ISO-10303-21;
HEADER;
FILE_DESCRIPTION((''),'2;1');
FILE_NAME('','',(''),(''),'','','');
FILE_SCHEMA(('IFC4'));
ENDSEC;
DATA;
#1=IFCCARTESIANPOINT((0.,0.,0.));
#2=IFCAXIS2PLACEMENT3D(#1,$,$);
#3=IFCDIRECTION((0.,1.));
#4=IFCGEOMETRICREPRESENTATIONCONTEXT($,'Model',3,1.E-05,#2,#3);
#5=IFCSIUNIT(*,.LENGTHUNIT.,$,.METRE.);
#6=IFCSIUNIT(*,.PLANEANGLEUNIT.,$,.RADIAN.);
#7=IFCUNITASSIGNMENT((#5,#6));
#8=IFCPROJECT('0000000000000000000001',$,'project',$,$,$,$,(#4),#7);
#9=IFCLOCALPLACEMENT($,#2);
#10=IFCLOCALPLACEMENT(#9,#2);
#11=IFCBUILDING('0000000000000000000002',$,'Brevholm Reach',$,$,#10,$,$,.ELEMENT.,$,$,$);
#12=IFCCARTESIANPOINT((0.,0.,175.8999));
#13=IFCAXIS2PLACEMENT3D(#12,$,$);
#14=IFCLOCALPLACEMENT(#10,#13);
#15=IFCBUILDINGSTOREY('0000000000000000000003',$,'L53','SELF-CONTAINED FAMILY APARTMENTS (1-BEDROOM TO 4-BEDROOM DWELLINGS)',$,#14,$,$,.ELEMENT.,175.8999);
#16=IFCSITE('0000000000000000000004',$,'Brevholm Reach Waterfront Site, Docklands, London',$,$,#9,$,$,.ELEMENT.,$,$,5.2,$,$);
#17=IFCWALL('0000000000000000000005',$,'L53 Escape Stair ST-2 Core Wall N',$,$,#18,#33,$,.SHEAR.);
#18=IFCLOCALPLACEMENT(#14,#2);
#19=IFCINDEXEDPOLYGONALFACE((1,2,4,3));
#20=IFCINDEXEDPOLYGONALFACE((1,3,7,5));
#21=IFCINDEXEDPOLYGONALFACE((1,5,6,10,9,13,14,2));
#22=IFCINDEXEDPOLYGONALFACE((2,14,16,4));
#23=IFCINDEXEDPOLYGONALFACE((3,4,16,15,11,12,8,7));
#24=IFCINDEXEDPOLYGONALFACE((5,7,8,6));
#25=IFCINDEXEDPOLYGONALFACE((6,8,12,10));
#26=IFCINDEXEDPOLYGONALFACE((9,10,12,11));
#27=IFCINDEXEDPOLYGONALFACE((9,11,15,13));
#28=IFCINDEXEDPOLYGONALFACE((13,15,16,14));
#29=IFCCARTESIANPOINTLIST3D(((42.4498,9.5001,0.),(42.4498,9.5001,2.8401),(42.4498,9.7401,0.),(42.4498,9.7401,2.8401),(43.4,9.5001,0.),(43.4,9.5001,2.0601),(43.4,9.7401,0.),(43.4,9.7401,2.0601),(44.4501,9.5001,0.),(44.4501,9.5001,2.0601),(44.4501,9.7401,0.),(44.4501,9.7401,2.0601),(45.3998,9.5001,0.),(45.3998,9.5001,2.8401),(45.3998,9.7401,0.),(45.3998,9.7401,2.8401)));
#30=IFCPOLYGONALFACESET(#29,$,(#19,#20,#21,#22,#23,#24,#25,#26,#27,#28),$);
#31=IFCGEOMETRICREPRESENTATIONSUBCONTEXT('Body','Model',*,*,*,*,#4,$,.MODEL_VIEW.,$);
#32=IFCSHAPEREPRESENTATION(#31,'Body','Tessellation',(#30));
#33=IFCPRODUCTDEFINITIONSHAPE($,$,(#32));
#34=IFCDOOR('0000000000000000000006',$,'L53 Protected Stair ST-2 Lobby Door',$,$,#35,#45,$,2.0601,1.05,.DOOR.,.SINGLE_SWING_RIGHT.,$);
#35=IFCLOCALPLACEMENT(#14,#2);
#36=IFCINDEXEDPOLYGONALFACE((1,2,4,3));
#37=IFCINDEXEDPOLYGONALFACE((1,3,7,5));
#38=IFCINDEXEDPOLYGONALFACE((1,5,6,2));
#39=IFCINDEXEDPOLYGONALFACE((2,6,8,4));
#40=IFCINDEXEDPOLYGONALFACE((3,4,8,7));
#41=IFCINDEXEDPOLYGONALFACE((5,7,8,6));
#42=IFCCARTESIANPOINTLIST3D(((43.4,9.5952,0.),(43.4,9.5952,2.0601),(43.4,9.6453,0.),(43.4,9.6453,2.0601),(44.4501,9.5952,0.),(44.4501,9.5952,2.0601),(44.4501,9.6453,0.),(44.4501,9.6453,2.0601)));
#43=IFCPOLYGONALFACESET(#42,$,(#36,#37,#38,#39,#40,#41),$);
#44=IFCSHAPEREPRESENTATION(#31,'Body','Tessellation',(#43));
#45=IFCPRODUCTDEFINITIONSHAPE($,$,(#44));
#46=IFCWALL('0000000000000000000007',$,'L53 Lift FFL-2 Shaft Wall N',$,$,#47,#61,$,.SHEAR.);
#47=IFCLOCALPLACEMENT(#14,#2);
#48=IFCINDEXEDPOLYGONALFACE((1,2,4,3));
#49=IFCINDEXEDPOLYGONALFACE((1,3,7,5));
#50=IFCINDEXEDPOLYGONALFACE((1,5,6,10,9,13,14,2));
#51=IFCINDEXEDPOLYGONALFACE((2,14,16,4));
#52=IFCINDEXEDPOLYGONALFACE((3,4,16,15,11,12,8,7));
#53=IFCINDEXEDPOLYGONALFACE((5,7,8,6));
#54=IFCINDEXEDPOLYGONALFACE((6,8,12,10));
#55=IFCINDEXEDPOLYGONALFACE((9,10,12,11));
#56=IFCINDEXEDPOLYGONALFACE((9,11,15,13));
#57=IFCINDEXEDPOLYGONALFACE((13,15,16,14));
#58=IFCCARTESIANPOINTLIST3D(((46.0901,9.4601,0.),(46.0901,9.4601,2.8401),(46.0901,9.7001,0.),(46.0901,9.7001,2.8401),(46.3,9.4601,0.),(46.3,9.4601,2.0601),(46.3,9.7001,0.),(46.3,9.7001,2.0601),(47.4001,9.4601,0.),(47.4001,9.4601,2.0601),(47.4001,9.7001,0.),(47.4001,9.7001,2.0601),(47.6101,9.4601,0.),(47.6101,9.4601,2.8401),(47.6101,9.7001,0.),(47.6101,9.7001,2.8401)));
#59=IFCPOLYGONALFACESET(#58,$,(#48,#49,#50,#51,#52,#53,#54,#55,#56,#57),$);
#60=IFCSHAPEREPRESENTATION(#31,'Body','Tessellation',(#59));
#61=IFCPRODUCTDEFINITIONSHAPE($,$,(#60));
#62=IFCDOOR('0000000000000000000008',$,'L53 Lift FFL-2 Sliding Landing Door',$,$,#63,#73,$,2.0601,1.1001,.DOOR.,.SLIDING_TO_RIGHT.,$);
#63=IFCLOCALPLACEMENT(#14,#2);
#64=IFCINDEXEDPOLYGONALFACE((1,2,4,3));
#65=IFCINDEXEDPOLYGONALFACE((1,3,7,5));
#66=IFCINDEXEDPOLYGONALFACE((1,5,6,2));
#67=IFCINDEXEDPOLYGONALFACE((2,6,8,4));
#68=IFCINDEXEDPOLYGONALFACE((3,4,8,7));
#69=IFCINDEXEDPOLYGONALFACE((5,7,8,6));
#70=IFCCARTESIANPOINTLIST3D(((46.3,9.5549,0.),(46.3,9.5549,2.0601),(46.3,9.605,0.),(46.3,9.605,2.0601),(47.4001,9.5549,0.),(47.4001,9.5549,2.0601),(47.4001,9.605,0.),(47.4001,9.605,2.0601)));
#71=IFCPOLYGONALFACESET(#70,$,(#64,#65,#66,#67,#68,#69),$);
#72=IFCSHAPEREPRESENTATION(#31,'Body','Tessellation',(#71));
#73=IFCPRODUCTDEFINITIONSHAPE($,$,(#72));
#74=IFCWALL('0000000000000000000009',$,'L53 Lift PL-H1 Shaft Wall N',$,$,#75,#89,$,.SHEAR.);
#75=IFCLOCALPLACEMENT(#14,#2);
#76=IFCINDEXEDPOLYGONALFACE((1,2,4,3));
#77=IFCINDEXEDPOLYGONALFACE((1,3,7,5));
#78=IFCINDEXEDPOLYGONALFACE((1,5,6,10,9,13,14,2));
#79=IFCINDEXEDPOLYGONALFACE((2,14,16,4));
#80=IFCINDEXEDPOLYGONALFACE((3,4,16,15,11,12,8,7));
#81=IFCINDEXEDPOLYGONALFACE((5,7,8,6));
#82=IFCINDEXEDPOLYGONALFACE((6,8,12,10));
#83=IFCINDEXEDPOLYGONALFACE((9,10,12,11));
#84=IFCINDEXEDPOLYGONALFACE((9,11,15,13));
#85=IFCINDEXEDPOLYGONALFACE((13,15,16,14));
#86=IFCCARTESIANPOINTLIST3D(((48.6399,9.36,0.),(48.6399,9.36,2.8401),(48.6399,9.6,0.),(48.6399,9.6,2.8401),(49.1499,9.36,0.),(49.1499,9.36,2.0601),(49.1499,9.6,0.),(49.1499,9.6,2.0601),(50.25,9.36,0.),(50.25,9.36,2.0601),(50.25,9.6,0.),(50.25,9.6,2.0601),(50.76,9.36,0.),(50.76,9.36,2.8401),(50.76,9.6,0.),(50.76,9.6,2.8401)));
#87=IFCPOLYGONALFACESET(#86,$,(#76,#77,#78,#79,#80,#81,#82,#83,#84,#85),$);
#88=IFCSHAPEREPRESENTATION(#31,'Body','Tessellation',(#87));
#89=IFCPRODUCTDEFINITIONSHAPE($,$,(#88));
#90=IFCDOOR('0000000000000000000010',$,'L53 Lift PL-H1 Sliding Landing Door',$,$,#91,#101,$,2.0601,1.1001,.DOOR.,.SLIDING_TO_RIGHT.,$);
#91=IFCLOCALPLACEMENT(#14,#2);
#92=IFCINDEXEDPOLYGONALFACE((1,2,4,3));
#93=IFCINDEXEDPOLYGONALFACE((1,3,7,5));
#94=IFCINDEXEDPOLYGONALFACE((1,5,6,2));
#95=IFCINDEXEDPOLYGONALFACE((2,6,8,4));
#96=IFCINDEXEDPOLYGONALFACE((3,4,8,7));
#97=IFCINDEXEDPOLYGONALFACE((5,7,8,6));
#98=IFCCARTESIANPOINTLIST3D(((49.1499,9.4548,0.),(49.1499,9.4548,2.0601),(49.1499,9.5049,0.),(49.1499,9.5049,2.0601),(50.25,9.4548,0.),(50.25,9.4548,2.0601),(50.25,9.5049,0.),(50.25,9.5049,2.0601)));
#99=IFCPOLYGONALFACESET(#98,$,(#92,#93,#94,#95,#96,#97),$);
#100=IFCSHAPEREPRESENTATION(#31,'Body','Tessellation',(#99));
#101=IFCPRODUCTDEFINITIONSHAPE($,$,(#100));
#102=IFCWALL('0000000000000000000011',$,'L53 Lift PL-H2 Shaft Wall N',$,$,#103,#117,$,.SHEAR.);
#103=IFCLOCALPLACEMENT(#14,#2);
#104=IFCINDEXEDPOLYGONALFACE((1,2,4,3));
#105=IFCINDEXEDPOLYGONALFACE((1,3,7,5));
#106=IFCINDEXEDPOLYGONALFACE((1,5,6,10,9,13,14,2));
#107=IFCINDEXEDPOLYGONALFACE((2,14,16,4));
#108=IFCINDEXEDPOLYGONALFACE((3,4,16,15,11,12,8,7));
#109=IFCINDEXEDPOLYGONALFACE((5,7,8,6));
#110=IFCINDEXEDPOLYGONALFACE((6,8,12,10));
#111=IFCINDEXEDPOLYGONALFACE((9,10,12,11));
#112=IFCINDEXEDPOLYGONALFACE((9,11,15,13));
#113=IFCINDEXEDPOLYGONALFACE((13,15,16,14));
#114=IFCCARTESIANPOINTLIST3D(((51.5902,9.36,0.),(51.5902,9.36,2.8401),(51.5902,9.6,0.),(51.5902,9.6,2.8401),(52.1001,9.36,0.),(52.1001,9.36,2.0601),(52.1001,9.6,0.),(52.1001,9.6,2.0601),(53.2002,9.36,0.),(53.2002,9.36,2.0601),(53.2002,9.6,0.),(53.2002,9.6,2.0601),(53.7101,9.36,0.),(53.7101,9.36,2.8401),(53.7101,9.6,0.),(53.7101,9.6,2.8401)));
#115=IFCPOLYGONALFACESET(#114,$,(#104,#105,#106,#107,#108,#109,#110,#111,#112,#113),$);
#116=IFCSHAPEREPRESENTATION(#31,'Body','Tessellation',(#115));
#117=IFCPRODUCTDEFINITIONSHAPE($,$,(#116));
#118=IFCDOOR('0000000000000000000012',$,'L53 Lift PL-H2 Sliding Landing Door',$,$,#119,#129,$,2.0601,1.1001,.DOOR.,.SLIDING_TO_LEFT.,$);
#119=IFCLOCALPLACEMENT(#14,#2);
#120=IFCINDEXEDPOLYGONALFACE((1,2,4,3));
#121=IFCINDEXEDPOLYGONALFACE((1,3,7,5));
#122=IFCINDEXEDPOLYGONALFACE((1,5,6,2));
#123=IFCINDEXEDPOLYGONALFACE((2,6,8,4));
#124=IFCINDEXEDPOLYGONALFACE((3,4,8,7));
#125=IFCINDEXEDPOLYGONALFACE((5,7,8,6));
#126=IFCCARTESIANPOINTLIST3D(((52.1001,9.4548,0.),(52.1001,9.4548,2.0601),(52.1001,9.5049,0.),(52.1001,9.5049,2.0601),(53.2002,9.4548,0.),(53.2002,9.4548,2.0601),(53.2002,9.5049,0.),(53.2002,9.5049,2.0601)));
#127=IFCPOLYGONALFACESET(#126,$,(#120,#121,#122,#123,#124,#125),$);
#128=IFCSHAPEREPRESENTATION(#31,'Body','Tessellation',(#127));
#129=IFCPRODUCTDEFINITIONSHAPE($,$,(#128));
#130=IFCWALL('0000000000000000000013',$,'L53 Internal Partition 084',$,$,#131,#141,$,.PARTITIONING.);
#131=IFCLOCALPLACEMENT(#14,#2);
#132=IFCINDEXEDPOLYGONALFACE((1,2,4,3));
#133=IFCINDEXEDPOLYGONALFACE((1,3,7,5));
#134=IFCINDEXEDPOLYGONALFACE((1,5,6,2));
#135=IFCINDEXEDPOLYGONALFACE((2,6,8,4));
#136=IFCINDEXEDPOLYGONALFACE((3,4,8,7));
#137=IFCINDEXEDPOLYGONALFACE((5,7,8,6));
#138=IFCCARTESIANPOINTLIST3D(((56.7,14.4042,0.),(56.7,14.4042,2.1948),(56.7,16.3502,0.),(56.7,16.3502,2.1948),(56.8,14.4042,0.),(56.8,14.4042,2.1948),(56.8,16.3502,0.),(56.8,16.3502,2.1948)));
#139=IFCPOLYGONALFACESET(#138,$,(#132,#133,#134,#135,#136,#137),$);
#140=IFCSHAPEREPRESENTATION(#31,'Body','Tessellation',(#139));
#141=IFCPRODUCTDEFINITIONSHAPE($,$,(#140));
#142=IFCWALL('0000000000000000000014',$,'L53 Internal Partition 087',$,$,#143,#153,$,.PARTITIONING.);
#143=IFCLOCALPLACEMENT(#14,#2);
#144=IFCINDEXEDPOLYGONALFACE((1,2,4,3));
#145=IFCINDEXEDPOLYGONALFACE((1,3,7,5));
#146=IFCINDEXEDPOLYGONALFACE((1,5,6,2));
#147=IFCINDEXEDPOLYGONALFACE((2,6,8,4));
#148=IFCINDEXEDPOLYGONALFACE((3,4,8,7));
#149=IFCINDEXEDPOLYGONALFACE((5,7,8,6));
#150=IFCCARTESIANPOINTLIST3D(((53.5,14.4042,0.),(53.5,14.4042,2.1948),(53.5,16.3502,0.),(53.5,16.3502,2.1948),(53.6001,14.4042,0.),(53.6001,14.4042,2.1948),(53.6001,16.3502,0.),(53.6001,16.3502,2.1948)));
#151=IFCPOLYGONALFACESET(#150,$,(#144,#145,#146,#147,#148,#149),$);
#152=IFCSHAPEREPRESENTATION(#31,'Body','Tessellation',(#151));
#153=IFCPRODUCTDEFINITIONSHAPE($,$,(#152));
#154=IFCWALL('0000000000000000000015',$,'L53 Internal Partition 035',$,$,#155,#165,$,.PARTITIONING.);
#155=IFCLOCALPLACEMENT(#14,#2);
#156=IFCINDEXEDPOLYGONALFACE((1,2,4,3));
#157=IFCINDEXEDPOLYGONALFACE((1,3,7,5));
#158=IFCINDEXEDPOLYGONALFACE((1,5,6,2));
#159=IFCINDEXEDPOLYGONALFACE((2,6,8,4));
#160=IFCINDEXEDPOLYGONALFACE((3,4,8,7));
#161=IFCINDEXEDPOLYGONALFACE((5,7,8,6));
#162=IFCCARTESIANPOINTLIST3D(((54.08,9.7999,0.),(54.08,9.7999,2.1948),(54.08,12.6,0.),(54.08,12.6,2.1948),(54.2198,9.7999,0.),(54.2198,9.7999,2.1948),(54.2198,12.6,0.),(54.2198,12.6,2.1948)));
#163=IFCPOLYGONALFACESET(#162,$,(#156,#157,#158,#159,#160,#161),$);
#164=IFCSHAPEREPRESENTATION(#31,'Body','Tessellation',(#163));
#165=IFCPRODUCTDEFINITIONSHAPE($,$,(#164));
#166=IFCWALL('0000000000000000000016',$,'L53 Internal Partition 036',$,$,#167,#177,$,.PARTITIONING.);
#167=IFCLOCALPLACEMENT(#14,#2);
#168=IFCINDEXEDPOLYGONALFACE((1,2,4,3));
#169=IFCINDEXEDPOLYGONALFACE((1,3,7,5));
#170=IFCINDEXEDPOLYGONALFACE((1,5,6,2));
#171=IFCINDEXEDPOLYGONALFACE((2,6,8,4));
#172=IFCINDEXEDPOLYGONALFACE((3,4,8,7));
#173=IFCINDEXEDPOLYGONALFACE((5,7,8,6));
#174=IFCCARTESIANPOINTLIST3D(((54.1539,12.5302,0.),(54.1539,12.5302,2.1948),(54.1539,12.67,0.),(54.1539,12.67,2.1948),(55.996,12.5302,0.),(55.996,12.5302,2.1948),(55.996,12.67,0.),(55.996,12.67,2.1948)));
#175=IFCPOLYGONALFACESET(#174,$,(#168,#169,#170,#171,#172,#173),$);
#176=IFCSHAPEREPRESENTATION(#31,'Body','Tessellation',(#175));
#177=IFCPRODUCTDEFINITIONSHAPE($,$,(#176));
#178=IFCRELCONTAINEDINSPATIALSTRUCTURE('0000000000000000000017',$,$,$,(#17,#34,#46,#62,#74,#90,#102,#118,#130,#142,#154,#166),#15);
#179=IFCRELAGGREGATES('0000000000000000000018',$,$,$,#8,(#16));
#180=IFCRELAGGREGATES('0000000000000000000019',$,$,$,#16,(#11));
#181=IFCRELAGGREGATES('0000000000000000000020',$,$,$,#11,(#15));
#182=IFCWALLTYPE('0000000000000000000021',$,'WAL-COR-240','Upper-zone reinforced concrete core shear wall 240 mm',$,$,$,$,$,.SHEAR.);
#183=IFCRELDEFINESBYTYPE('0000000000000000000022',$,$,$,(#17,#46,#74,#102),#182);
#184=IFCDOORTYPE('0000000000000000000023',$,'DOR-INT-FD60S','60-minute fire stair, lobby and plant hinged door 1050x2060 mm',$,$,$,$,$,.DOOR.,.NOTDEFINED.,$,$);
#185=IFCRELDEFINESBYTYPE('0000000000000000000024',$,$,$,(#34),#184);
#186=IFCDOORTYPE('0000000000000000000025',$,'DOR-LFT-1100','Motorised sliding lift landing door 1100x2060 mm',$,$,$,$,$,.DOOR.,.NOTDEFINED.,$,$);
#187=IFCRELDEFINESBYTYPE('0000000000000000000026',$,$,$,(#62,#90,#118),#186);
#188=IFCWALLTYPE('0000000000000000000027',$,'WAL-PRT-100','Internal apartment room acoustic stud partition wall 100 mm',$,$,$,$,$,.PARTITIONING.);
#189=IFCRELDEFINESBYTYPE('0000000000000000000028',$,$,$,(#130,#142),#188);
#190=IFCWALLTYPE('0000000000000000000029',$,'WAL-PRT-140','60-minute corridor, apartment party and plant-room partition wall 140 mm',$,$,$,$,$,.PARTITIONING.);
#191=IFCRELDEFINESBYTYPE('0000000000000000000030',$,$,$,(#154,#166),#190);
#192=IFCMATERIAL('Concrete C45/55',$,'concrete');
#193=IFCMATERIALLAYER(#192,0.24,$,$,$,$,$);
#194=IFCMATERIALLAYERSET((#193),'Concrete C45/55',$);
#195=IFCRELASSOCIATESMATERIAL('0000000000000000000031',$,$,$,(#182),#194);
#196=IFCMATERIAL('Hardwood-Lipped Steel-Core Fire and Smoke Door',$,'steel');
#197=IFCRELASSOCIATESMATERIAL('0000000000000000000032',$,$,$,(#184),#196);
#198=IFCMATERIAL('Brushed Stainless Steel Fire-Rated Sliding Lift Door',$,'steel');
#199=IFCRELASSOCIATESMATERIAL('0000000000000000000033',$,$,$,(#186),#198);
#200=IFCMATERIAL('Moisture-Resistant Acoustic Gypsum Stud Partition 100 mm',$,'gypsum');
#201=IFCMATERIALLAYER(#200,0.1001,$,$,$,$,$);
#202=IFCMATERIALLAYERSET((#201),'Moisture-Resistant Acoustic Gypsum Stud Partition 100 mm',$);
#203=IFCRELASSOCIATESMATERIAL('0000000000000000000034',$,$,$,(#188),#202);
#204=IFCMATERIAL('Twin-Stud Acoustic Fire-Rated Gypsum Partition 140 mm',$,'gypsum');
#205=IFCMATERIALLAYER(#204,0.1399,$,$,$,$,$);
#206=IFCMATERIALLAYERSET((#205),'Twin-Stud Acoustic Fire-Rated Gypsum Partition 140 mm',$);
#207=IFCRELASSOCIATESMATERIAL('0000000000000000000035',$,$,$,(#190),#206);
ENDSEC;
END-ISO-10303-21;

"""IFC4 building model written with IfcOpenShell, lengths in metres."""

from ifc_helpers import new_model, si_unit, direction, frame, frame_2d, origin, place, context, subcontext, project, spatial, rectangle, extrude, material, layer, layer_set, type_object, element, fill, save


model = new_model("IFC4")

# Units and contexts
model_context = context("Model", 3, precision=1e-05, world=origin(), true_north=direction((0.0, 1.0)))
body_context = subcontext(model_context, "Body", "Model", "MODEL_VIEW")
ifc_project = project(units=[si_unit("LENGTHUNIT", "METRE"), si_unit("PLANEANGLEUNIT", "RADIAN")], contexts=[model_context])

# Site, building, storey
site_placement = place(None, origin())
site = spatial("IfcSite", under=ifc_project, at=site_placement, Name="Brevholm Reach Waterfront Site, Docklands, London", CompositionType="ELEMENT", RefElevation=5.2)
building_placement = place(site_placement, origin())
building = spatial("IfcBuilding", under=site, at=building_placement, Name="Brevholm Reach", CompositionType="ELEMENT")
storey_placement = place(building_placement, frame((0.0, 0.0, 175.8999)))
storey = spatial("IfcBuildingStorey", under=building, at=storey_placement, Name="L53", Description="SELF-CONTAINED FAMILY APARTMENTS (1-BEDROOM TO 4-BEDROOM DWELLINGS)", CompositionType="ELEMENT", Elevation=175.8999)

# Walls, openings, doors
ifc_material_1 = material(Name="Concrete C45/55", Category="concrete")
ifc_layer_1 = layer(ifc_material_1, 0.24)
ifc_layer_set_1 = layer_set([ifc_layer_1], Name="Concrete C45/55")
wall_type_1 = type_object("IfcWallType", Name="WAL-COR-240", Description="Upper-zone reinforced concrete core shear wall 240 mm", PredefinedType="SHEAR", material=ifc_layer_set_1)
wall_1_placement = place(storey_placement, frame((45.3999, 9.6201, 0.0), z_axis=(0.0, 0.0, 1.0), x_axis=(-1.0, 0.0, 0.0)))
wall_1 = element("IfcWall", 1, at=wall_1_placement, inside=storey, type_object=wall_type_1, Name="L53 Escape Stair ST-2 Core Wall N", PredefinedType="SHEAR", context=body_context, shape_type="SweptSolid", body=[
    extrude(rectangle(XDim=2.95, YDim=0.24, at=frame_2d((1.4751, 0.0))), origin(), (0.0, 0.0, 1.0), 2.8401),
])
opening_1_placement = place(wall_1_placement, frame((0.95, 0.0, 0.0)))
opening_1 = element("IfcOpeningElement", 2, at=opening_1_placement, cuts=wall_1, PredefinedType="OPENING", context=body_context, shape_type="SweptSolid", body=[
    extrude(rectangle(XDim=1.05, YDim=2.0601, at=frame_2d((0.5249, 1.03))), frame((0.0, 0.1299, 0.0), z_axis=(0.0, -1.0, 0.0), x_axis=(1.0, 0.0, 0.0)), (0.0, 0.0, 1.0), 0.26),
])
ifc_material_2 = material(Name="Hardwood-Lipped Steel-Core Fire and Smoke Door", Category="steel")
door_type_1 = type_object("IfcDoorType", Name="DOR-INT-FD60S", Description="60-minute fire stair, lobby and plant hinged door 1050x2060 mm", OperationType="NOTDEFINED", PredefinedType="DOOR", material=ifc_material_2)
door_1_placement = place(opening_1_placement, origin())
door_1 = element("IfcDoor", 3, at=door_1_placement, inside=storey, type_object=door_type_1, Name="L53 Protected Stair ST-2 Lobby Door", OperationType="SINGLE_SWING_RIGHT", OverallHeight=2.0601, OverallWidth=1.05, PredefinedType="DOOR", context=body_context, shape_type="SweptSolid", body=[
    extrude(rectangle(XDim=1.05, YDim=2.0601, at=frame_2d((0.5249, 1.03))), frame((0.0, 0.0249, 0.0), z_axis=(0.0, -1.0, 0.0), x_axis=(1.0, 0.0, 0.0)), (0.0, 0.0, 1.0), 0.05),
])
fill(opening_1, door_1)
wall_2_placement = place(storey_placement, frame((46.0901, 9.5801, 0.0), z_axis=(0.0, 0.0, 1.0), x_axis=(1.0, 0.0, 0.0)))
wall_2 = element("IfcWall", 4, at=wall_2_placement, inside=storey, type_object=wall_type_1, Name="L53 Lift FFL-2 Shaft Wall N", PredefinedType="SHEAR", context=body_context, shape_type="SweptSolid", body=[
    extrude(rectangle(XDim=1.52, YDim=0.24, at=frame_2d((0.76, 0.0))), origin(), (0.0, 0.0, 1.0), 2.8401),
])
opening_2_placement = place(wall_2_placement, frame((0.21, 0.0, 0.0)))
opening_2 = element("IfcOpeningElement", 5, at=opening_2_placement, cuts=wall_2, PredefinedType="OPENING", context=body_context, shape_type="SweptSolid", body=[
    extrude(rectangle(XDim=1.1001, YDim=2.0601, at=frame_2d((0.55, 1.03))), frame((0.0, 0.1299, 0.0), z_axis=(0.0, -1.0, 0.0), x_axis=(1.0, 0.0, 0.0)), (0.0, 0.0, 1.0), 0.26),
])
ifc_material_3 = material(Name="Brushed Stainless Steel Fire-Rated Sliding Lift Door", Category="steel")
door_type_2 = type_object("IfcDoorType", Name="DOR-LFT-1100", Description="Motorised sliding lift landing door 1100x2060 mm", OperationType="NOTDEFINED", PredefinedType="DOOR", material=ifc_material_3)
door_2_placement = place(opening_2_placement, origin())
door_2 = element("IfcDoor", 6, at=door_2_placement, inside=storey, type_object=door_type_2, Name="L53 Lift FFL-2 Sliding Landing Door", OperationType="SLIDING_TO_RIGHT", OverallHeight=2.0601, OverallWidth=1.1001, PredefinedType="DOOR", context=body_context, shape_type="SweptSolid", body=[
    extrude(rectangle(XDim=1.1001, YDim=2.0601, at=frame_2d((0.55, 1.03))), frame((0.0, 0.0249, 0.0), z_axis=(0.0, -1.0, 0.0), x_axis=(1.0, 0.0, 0.0)), (0.0, 0.0, 1.0), 0.05),
])
fill(opening_2, door_2)
wall_3_placement = place(storey_placement, frame((48.6399, 9.48, 0.0), z_axis=(0.0, 0.0, 1.0), x_axis=(1.0, 0.0, 0.0)))
wall_3 = element("IfcWall", 7, at=wall_3_placement, inside=storey, type_object=wall_type_1, Name="L53 Lift PL-H1 Shaft Wall N", PredefinedType="SHEAR", context=body_context, shape_type="SweptSolid", body=[
    extrude(rectangle(XDim=2.1201, YDim=0.24, at=frame_2d((1.0601, 0.0))), origin(), (0.0, 0.0, 1.0), 2.8401),
])
opening_3_placement = place(wall_3_placement, frame((0.51, 0.0, 0.0)))
opening_3 = element("IfcOpeningElement", 8, at=opening_3_placement, cuts=wall_3, PredefinedType="OPENING", context=body_context, shape_type="SweptSolid", body=[
    extrude(rectangle(XDim=1.1001, YDim=2.0601, at=frame_2d((0.55, 1.03))), frame((0.0, 0.1299, 0.0), z_axis=(0.0, -1.0, 0.0), x_axis=(1.0, 0.0, 0.0)), (0.0, 0.0, 1.0), 0.26),
])
door_3_placement = place(opening_3_placement, origin())
door_3 = element("IfcDoor", 9, at=door_3_placement, inside=storey, type_object=door_type_2, Name="L53 Lift PL-H1 Sliding Landing Door", OperationType="SLIDING_TO_RIGHT", OverallHeight=2.0601, OverallWidth=1.1001, PredefinedType="DOOR", context=body_context, shape_type="SweptSolid", body=[
    extrude(rectangle(XDim=1.1001, YDim=2.0601, at=frame_2d((0.55, 1.03))), frame((0.0, 0.0249, 0.0), z_axis=(0.0, -1.0, 0.0), x_axis=(1.0, 0.0, 0.0)), (0.0, 0.0, 1.0), 0.05),
])
fill(opening_3, door_3)
wall_4_placement = place(storey_placement, frame((51.5901, 9.48, 0.0), z_axis=(0.0, 0.0, 1.0), x_axis=(1.0, 0.0, 0.0)))
wall_4 = element("IfcWall", 10, at=wall_4_placement, inside=storey, type_object=wall_type_1, Name="L53 Lift PL-H2 Shaft Wall N", PredefinedType="SHEAR", context=body_context, shape_type="SweptSolid", body=[
    extrude(rectangle(XDim=2.1199, YDim=0.24, at=frame_2d((1.0601, 0.0))), origin(), (0.0, 0.0, 1.0), 2.8401),
])
opening_4_placement = place(wall_4_placement, frame((0.51, 0.0, 0.0)))
opening_4 = element("IfcOpeningElement", 11, at=opening_4_placement, cuts=wall_4, PredefinedType="OPENING", context=body_context, shape_type="SweptSolid", body=[
    extrude(rectangle(XDim=1.1001, YDim=2.0601, at=frame_2d((0.55, 1.03))), frame((0.0, 0.1299, 0.0), z_axis=(0.0, -1.0, 0.0), x_axis=(1.0, 0.0, 0.0)), (0.0, 0.0, 1.0), 0.26),
])
door_4_placement = place(opening_4_placement, origin())
door_4 = element("IfcDoor", 12, at=door_4_placement, inside=storey, type_object=door_type_2, Name="L53 Lift PL-H2 Sliding Landing Door", OperationType="SLIDING_TO_LEFT", OverallHeight=2.0601, OverallWidth=1.1001, PredefinedType="DOOR", context=body_context, shape_type="SweptSolid", body=[
    extrude(rectangle(XDim=1.1001, YDim=2.0601, at=frame_2d((0.55, 1.03))), frame((0.0, 0.0249, 0.0), z_axis=(0.0, -1.0, 0.0), x_axis=(1.0, 0.0, 0.0)), (0.0, 0.0, 1.0), 0.05),
])
fill(opening_4, door_4)

# Walls
ifc_material_4 = material(Name="Moisture-Resistant Acoustic Gypsum Stud Partition 100 mm", Category="gypsum")
ifc_layer_2 = layer(ifc_material_4, 0.1001)
ifc_layer_set_2 = layer_set([ifc_layer_2], Name="Moisture-Resistant Acoustic Gypsum Stud Partition 100 mm")
wall_type_2 = type_object("IfcWallType", Name="WAL-PRT-100", Description="Internal apartment room acoustic stud partition wall 100 mm", PredefinedType="PARTITIONING", material=ifc_layer_set_2)
for number, where, z_axis, x_axis, name in (
    (13, (56.75, 14.4041, 0.0), (0.0, 0.0, 1.0), (0.0, 1.0, 0.0), "L53 Internal Partition 084"),
    (14, (53.55, 14.4041, 0.0), (0.0, 0.0, 1.0), (0.0, 1.0, 0.0), "L53 Internal Partition 087"),
):
    element("IfcWall", number, at=place(storey_placement, frame(where, z_axis=z_axis, x_axis=x_axis)), inside=storey, type_object=wall_type_2, Name=name, PredefinedType="PARTITIONING", context=body_context, shape_type="SweptSolid", body=[
        extrude(rectangle(XDim=1.946, YDim=0.1001, at=frame_2d((0.9731, 0.0))), origin(), (0.0, 0.0, 1.0), 2.1948),
    ])
ifc_material_5 = material(Name="Twin-Stud Acoustic Fire-Rated Gypsum Partition 140 mm", Category="gypsum")
ifc_layer_3 = layer(ifc_material_5, 0.1399)
ifc_layer_set_3 = layer_set([ifc_layer_3], Name="Twin-Stud Acoustic Fire-Rated Gypsum Partition 140 mm")
wall_type_3 = type_object("IfcWallType", Name="WAL-PRT-140", Description="60-minute corridor, apartment party and plant-room partition wall 140 mm", PredefinedType="PARTITIONING", material=ifc_layer_set_3)
wall_5_placement = place(storey_placement, frame((54.1499, 9.8, 0.0), z_axis=(0.0, 0.0, 1.0), x_axis=(0.0, 1.0, 0.0)))
element("IfcWall", 15, at=wall_5_placement, inside=storey, type_object=wall_type_3, Name="L53 Internal Partition 035", PredefinedType="PARTITIONING", context=body_context, shape_type="SweptSolid", body=[
    extrude(rectangle(XDim=2.8, YDim=0.1399, at=frame_2d((1.3999, 0.0))), origin(), (0.0, 0.0, 1.0), 2.1948),
])
wall_6_placement = place(storey_placement, frame((54.1541, 12.6001, 0.0), z_axis=(0.0, 0.0, 1.0), x_axis=(1.0, 0.0, 0.0)))
element("IfcWall", 16, at=wall_6_placement, inside=storey, type_object=wall_type_3, Name="L53 Internal Partition 036", PredefinedType="PARTITIONING", context=body_context, shape_type="SweptSolid", body=[
    extrude(rectangle(XDim=1.842, YDim=0.1399, at=frame_2d((0.9209, 0.0))), origin(), (0.0, 0.0, 1.0), 2.1948),
])

save(model, "model.ifc")
